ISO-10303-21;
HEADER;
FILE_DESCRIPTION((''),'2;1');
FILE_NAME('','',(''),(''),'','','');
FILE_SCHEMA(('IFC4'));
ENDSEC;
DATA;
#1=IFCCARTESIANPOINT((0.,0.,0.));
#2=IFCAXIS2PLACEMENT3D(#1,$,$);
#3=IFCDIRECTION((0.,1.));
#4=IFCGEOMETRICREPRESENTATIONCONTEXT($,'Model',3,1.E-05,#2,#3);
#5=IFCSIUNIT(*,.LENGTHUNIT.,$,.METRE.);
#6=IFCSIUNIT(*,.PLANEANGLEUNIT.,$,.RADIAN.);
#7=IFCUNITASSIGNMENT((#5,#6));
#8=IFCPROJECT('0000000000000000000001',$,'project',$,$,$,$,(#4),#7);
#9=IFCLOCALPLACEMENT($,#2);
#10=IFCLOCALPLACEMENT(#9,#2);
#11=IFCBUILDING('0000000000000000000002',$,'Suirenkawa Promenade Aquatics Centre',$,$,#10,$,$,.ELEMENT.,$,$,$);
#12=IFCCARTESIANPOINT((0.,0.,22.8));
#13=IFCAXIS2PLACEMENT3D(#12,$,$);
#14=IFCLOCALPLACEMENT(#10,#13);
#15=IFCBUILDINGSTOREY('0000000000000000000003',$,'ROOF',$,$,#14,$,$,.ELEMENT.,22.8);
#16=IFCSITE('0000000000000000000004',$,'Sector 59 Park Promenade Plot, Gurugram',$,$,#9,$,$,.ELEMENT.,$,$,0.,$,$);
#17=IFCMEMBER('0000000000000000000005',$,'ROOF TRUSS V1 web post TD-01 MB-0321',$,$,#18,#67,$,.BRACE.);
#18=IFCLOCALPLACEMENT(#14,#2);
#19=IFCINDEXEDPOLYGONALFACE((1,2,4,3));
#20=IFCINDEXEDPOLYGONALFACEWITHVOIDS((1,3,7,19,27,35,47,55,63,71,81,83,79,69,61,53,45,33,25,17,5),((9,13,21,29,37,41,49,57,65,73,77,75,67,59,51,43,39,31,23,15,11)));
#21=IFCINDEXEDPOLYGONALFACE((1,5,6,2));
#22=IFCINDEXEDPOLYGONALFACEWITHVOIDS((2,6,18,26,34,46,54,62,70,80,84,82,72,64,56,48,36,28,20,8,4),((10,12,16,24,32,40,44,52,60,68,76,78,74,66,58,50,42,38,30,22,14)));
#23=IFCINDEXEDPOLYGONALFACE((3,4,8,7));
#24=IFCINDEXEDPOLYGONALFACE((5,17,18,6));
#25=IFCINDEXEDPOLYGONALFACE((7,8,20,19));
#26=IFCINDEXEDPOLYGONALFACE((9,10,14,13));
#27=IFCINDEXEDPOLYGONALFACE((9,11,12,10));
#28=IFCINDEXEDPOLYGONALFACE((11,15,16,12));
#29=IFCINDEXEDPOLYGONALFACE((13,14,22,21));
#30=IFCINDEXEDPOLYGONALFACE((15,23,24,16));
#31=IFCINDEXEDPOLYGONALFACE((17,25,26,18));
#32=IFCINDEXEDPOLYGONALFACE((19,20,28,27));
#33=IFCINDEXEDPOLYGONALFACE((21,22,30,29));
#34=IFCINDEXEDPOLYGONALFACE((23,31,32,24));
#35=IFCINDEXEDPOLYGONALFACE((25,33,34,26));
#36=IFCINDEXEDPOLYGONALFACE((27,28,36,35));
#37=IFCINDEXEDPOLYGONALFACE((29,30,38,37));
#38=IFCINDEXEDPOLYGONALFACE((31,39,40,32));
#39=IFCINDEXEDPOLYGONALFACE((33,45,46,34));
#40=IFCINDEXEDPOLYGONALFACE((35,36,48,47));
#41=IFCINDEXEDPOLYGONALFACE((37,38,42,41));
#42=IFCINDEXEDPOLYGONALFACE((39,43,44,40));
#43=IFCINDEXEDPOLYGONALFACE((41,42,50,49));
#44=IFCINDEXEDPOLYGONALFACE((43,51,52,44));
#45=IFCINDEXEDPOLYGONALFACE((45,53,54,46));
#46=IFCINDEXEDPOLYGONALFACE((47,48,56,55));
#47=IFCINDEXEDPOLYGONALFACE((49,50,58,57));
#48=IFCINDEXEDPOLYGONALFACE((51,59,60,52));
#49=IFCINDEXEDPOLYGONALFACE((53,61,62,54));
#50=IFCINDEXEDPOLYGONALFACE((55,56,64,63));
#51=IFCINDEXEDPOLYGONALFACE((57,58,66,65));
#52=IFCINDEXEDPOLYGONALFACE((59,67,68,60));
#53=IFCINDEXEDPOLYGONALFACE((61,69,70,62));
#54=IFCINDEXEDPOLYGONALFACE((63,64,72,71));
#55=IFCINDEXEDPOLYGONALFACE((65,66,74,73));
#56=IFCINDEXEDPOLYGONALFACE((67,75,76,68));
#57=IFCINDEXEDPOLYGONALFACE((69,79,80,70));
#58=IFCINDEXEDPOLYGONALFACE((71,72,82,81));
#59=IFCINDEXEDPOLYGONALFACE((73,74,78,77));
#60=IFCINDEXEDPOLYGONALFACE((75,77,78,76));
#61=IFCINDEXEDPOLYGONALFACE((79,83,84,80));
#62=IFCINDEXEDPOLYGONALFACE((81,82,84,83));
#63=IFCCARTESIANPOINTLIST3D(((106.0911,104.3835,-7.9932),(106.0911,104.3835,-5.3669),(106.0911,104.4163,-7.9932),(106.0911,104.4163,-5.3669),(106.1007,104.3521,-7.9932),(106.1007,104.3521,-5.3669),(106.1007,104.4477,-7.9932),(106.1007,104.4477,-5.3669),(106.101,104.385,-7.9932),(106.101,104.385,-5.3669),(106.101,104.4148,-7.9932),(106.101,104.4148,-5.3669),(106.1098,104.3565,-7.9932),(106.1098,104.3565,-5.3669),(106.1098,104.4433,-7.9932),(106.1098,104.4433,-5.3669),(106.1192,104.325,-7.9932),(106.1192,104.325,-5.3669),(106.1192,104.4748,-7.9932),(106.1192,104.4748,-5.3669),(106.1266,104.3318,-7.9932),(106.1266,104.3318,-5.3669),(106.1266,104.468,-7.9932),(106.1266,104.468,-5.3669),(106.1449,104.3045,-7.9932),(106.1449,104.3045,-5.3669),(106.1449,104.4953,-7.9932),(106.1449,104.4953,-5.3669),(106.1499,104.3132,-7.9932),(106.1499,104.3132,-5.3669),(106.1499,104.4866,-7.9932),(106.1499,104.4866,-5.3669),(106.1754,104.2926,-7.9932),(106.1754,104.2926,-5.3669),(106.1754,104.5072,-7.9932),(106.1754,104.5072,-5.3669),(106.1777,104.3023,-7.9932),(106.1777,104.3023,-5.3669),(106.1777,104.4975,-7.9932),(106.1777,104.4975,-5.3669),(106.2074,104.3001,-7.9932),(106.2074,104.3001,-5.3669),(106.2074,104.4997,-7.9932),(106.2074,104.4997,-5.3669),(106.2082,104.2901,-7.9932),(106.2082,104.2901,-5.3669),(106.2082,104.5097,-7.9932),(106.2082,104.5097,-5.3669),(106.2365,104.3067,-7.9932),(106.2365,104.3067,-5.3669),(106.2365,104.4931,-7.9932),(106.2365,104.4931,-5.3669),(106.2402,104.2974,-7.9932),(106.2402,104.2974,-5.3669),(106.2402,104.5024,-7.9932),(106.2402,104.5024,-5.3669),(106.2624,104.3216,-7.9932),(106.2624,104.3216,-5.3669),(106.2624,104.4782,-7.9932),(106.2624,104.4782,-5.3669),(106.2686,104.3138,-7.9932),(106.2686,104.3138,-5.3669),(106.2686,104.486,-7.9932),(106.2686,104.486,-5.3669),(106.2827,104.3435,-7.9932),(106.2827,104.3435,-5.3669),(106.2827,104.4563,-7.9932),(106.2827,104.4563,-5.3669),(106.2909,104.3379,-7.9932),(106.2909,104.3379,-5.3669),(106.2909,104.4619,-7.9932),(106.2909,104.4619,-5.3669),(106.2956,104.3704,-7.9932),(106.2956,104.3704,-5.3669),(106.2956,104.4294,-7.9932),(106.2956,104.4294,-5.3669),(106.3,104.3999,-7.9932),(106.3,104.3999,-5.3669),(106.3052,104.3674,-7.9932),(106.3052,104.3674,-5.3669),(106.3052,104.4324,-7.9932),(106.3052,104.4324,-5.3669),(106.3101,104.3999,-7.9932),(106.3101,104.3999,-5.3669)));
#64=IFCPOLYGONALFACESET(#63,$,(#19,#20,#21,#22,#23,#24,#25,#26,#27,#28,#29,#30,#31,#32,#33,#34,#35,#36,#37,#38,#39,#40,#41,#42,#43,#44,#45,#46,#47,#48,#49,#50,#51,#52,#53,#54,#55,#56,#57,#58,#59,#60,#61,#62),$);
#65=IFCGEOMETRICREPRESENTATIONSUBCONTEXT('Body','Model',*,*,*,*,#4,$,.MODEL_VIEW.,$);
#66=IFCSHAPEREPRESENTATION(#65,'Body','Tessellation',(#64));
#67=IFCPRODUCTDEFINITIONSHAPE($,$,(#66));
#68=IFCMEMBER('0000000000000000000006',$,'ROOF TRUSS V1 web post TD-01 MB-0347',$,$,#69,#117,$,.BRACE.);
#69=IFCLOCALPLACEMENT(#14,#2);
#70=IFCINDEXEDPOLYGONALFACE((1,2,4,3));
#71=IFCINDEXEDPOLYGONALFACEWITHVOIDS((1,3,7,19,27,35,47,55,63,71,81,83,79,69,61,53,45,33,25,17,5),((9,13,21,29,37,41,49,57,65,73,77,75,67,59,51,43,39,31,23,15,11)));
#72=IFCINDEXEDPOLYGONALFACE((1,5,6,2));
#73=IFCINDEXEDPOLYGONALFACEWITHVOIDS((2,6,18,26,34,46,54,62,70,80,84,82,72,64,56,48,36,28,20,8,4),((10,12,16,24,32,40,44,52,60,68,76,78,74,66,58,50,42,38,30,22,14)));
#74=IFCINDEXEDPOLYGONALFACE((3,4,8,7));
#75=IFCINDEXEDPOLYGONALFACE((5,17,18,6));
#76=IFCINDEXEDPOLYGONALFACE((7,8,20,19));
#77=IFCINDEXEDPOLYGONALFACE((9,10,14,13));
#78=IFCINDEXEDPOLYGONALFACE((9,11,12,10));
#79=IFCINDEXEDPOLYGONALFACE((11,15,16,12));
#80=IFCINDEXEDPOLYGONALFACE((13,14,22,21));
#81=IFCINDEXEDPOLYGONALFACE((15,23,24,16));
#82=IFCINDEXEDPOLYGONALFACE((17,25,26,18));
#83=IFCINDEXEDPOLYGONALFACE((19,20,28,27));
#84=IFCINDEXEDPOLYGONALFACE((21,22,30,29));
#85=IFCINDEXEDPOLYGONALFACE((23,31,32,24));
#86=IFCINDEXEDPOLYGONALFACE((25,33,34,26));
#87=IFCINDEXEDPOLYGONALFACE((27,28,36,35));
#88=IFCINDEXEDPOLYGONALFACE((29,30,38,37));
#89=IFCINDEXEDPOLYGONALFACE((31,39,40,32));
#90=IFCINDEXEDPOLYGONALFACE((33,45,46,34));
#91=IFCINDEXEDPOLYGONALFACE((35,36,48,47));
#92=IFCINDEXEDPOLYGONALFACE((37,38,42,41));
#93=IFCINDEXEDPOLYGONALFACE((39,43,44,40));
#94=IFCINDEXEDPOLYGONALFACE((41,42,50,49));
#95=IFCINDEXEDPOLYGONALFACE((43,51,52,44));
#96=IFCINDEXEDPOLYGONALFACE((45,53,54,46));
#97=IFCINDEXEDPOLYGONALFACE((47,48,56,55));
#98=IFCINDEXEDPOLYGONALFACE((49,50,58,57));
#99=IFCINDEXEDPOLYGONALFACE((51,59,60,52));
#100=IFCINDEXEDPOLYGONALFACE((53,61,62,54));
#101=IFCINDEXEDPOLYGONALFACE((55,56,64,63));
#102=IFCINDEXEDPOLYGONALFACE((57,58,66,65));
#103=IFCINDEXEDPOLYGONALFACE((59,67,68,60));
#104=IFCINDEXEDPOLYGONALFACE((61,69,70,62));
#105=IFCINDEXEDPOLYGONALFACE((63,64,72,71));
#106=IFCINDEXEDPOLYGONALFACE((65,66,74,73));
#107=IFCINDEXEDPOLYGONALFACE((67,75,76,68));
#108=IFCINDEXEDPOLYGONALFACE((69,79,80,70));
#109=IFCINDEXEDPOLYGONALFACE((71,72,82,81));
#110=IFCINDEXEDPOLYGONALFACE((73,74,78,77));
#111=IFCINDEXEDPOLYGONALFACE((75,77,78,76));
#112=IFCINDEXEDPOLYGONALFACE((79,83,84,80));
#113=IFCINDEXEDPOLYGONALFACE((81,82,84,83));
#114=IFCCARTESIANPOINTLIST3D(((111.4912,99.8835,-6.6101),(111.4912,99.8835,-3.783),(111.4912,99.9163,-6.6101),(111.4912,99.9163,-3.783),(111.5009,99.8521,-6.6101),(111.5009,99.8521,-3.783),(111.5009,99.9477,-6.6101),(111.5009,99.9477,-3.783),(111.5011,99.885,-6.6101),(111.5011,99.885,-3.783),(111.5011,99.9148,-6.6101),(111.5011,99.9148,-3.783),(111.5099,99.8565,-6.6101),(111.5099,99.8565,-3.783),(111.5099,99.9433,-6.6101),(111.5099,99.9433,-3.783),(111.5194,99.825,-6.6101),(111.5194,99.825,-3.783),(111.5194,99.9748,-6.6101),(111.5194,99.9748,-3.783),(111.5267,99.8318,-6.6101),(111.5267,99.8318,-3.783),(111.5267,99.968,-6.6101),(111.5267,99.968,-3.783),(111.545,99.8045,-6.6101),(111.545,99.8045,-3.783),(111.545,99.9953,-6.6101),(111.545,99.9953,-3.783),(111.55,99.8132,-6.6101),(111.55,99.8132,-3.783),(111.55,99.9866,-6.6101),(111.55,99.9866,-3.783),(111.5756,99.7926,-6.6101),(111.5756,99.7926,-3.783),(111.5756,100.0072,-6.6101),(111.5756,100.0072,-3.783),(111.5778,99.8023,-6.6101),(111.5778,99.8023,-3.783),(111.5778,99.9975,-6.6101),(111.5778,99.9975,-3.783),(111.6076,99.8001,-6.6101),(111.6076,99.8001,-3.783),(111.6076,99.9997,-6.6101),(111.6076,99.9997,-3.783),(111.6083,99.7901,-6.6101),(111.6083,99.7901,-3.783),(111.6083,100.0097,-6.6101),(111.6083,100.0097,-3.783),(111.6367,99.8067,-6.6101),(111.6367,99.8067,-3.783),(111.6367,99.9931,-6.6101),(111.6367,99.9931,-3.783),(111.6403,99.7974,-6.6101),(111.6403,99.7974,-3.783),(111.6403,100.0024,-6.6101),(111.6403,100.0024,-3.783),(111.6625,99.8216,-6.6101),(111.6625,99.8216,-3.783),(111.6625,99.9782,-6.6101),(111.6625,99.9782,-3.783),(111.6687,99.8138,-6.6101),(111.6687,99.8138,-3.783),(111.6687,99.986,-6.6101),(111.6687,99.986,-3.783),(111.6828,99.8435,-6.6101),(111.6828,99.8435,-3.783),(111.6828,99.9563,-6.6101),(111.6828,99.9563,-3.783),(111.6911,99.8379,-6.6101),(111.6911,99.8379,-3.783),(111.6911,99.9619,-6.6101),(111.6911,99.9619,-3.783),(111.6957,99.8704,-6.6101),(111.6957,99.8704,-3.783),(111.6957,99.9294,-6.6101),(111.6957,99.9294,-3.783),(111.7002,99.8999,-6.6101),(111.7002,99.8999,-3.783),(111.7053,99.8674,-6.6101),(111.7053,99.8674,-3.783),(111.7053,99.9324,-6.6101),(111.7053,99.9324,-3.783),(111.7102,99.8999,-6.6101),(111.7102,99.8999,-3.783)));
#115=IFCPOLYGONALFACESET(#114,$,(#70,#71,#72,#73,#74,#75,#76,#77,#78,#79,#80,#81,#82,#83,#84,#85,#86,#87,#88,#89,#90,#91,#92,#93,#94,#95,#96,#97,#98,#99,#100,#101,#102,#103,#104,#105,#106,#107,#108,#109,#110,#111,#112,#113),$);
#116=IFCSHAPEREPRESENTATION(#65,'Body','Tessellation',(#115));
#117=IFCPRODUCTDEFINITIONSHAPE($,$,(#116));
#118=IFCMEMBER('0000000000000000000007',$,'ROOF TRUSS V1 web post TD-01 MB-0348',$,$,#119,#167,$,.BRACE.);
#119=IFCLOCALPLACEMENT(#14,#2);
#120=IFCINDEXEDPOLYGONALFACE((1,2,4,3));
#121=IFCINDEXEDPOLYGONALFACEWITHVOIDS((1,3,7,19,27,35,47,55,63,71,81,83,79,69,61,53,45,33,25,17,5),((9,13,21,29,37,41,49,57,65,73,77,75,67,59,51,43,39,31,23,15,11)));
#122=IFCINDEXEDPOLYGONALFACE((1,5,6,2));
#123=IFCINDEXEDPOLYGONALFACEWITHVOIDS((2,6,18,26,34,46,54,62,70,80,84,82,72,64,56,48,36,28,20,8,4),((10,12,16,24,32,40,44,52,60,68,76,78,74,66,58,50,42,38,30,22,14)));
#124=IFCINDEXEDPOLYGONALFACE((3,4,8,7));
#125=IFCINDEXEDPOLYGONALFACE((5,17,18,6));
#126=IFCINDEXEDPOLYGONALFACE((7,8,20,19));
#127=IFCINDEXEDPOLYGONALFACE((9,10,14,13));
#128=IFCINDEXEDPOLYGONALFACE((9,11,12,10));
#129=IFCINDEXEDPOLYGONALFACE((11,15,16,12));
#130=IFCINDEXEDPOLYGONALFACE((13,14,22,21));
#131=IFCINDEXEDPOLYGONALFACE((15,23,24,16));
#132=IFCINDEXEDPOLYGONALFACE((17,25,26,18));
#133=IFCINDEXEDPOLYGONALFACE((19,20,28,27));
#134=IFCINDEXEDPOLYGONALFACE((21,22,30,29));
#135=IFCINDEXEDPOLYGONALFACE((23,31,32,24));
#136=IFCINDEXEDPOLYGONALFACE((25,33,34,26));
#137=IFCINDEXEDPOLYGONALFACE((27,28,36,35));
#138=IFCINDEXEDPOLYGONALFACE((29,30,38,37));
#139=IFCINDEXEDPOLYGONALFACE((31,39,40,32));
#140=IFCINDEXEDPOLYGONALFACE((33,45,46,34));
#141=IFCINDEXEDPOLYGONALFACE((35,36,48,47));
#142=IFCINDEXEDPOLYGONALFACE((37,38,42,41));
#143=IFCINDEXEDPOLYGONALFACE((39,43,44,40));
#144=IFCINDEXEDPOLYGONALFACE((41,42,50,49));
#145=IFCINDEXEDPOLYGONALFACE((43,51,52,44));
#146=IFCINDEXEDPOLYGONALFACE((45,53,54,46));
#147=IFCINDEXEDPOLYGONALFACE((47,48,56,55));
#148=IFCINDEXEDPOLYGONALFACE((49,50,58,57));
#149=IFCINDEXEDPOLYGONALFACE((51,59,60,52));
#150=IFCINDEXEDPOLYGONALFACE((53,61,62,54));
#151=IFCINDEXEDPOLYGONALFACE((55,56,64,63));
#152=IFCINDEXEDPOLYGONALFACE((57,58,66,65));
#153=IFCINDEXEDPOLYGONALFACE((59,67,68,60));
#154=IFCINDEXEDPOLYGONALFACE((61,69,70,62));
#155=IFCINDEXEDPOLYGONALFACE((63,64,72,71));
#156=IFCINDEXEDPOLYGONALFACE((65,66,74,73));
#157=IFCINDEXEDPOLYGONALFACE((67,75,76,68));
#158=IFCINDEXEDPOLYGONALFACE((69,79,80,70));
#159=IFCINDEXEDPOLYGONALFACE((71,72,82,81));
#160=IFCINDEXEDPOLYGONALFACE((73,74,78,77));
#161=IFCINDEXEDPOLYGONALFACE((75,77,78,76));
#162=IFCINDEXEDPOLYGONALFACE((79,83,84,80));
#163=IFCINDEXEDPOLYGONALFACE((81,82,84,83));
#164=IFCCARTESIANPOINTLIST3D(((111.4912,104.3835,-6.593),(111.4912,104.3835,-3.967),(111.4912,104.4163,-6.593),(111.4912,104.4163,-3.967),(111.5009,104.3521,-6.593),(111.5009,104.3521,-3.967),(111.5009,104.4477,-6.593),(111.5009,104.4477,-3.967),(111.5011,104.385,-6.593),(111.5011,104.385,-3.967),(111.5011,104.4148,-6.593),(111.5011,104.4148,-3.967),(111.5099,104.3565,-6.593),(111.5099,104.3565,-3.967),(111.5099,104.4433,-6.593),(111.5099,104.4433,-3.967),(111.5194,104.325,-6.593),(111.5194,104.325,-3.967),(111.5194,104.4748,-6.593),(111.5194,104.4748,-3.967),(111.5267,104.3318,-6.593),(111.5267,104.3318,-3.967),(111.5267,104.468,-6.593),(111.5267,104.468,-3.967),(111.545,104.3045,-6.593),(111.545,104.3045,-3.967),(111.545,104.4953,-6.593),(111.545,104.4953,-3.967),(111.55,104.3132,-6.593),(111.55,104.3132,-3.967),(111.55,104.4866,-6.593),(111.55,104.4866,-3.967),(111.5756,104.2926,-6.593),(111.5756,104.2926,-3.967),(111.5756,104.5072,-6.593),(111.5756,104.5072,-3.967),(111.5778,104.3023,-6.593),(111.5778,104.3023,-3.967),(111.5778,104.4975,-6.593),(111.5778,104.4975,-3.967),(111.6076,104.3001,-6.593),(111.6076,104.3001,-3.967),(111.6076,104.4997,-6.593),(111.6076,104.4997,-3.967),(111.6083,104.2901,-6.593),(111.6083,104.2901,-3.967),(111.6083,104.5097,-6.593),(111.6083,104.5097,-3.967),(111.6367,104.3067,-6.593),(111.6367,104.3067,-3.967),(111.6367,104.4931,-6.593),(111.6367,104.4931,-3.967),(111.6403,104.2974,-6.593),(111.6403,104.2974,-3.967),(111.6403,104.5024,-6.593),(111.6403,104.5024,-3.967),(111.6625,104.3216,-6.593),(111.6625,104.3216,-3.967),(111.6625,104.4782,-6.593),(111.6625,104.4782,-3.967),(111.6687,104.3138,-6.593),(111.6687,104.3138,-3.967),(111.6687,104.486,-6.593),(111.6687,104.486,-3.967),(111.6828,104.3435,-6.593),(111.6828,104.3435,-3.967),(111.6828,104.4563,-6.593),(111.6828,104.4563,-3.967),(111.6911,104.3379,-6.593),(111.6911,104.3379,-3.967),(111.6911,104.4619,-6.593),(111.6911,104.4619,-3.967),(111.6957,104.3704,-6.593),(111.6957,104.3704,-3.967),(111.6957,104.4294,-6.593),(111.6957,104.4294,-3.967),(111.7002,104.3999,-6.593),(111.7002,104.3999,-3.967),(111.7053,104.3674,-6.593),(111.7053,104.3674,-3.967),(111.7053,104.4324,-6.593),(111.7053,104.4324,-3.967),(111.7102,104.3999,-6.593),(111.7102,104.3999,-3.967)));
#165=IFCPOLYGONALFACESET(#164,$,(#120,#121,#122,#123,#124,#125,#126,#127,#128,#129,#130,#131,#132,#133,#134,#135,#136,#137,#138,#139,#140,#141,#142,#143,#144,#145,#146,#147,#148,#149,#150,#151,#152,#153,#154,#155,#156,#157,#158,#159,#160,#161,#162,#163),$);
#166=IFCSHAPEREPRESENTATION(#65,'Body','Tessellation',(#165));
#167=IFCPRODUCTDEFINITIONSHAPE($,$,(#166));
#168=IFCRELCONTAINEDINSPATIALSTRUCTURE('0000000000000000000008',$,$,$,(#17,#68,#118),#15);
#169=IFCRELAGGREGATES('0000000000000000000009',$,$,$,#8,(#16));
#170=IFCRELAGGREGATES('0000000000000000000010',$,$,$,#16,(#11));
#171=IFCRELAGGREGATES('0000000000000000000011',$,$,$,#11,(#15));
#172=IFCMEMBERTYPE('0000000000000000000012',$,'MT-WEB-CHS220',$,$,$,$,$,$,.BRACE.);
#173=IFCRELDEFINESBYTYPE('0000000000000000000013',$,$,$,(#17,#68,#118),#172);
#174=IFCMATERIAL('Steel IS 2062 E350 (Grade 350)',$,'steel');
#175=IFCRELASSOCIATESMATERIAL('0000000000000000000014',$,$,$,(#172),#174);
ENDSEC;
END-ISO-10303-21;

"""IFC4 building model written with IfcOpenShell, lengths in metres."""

from ifc_helpers import new_model, si_unit, direction, frame, origin, origin_2d, place, context, subcontext, project, spatial, hollow_circle, extrude, material, material_profile, profile_set, type_object, element, save


model = new_model("IFC4")

# Units and contexts
model_context = context("Model", 3, precision=1e-05, world=origin(), true_north=direction((0.0, 1.0)))
body_context = subcontext(model_context, "Body", "Model", "MODEL_VIEW")
ifc_project = project(units=[si_unit("LENGTHUNIT", "METRE"), si_unit("PLANEANGLEUNIT", "RADIAN")], contexts=[model_context])

# Site, building, storey
site_placement = place(None, origin())
site = spatial("IfcSite", under=ifc_project, at=site_placement, Name="Sector 59 Park Promenade Plot, Gurugram", CompositionType="ELEMENT", RefElevation=0.0)
building_placement = place(site_placement, origin())
building = spatial("IfcBuilding", under=site, at=building_placement, Name="Suirenkawa Promenade Aquatics Centre", CompositionType="ELEMENT")
storey_placement = place(building_placement, frame((0.0, 0.0, 22.8)))
storey = spatial("IfcBuildingStorey", under=building, at=storey_placement, Name="ROOF", CompositionType="ELEMENT", Elevation=22.8)

# Shared definitions
ifc_material = material(Name="Steel IS 2062 E350 (Grade 350)", Category="steel")

# Members
ifc_material_profile_1 = material_profile(ifc_material, hollow_circle(Radius=0.1101, WallThickness=0.01, at=origin_2d()), Name="CHS 220x10", Category="steel")
ifc_profile_set_1 = profile_set([ifc_material_profile_1], Name="Steel IS 2062 E350 (Grade 350)")
member_type_1 = type_object("IfcMemberType", Name="MT-WEB-CHS220", PredefinedType="BRACE", material=ifc_profile_set_1)
member_1_placement = place(storey_placement, frame((106.2, 104.3999, -7.9932), z_axis=(0.0, 0.0, 1.0), x_axis=(1.0, 0.0, 0.0)))
element("IfcMember", 1, at=member_1_placement, inside=storey, type_object=member_type_1, Name="ROOF TRUSS V1 web post TD-01 MB-0321", PredefinedType="BRACE", context=body_context, shape_type="SweptSolid", body=[
    extrude(hollow_circle(Radius=0.1101, WallThickness=0.01, at=origin_2d()), origin(), (0.0, 0.0, 1.0), 2.6262),
])
member_2_placement = place(storey_placement, frame((111.6001, 99.8999, -6.6101), z_axis=(0.0, 0.0, 1.0), x_axis=(1.0, 0.0, 0.0)))
element("IfcMember", 2, at=member_2_placement, inside=storey, type_object=member_type_1, Name="ROOF TRUSS V1 web post TD-01 MB-0347", PredefinedType="BRACE", context=body_context, shape_type="SweptSolid", body=[
    extrude(hollow_circle(Radius=0.1101, WallThickness=0.01, at=origin_2d()), origin(), (0.0, 0.0, 1.0), 2.8271),
])
member_3_placement = place(storey_placement, frame((111.6001, 104.3999, -6.593), z_axis=(0.0, 0.0, 1.0), x_axis=(1.0, 0.0, 0.0)))
element("IfcMember", 3, at=member_3_placement, inside=storey, type_object=member_type_1, Name="ROOF TRUSS V1 web post TD-01 MB-0348", PredefinedType="BRACE", context=body_context, shape_type="SweptSolid", body=[
    extrude(hollow_circle(Radius=0.1101, WallThickness=0.01, at=origin_2d()), origin(), (0.0, 0.0, 1.0), 2.626),
])

save(model, "model.ifc")
